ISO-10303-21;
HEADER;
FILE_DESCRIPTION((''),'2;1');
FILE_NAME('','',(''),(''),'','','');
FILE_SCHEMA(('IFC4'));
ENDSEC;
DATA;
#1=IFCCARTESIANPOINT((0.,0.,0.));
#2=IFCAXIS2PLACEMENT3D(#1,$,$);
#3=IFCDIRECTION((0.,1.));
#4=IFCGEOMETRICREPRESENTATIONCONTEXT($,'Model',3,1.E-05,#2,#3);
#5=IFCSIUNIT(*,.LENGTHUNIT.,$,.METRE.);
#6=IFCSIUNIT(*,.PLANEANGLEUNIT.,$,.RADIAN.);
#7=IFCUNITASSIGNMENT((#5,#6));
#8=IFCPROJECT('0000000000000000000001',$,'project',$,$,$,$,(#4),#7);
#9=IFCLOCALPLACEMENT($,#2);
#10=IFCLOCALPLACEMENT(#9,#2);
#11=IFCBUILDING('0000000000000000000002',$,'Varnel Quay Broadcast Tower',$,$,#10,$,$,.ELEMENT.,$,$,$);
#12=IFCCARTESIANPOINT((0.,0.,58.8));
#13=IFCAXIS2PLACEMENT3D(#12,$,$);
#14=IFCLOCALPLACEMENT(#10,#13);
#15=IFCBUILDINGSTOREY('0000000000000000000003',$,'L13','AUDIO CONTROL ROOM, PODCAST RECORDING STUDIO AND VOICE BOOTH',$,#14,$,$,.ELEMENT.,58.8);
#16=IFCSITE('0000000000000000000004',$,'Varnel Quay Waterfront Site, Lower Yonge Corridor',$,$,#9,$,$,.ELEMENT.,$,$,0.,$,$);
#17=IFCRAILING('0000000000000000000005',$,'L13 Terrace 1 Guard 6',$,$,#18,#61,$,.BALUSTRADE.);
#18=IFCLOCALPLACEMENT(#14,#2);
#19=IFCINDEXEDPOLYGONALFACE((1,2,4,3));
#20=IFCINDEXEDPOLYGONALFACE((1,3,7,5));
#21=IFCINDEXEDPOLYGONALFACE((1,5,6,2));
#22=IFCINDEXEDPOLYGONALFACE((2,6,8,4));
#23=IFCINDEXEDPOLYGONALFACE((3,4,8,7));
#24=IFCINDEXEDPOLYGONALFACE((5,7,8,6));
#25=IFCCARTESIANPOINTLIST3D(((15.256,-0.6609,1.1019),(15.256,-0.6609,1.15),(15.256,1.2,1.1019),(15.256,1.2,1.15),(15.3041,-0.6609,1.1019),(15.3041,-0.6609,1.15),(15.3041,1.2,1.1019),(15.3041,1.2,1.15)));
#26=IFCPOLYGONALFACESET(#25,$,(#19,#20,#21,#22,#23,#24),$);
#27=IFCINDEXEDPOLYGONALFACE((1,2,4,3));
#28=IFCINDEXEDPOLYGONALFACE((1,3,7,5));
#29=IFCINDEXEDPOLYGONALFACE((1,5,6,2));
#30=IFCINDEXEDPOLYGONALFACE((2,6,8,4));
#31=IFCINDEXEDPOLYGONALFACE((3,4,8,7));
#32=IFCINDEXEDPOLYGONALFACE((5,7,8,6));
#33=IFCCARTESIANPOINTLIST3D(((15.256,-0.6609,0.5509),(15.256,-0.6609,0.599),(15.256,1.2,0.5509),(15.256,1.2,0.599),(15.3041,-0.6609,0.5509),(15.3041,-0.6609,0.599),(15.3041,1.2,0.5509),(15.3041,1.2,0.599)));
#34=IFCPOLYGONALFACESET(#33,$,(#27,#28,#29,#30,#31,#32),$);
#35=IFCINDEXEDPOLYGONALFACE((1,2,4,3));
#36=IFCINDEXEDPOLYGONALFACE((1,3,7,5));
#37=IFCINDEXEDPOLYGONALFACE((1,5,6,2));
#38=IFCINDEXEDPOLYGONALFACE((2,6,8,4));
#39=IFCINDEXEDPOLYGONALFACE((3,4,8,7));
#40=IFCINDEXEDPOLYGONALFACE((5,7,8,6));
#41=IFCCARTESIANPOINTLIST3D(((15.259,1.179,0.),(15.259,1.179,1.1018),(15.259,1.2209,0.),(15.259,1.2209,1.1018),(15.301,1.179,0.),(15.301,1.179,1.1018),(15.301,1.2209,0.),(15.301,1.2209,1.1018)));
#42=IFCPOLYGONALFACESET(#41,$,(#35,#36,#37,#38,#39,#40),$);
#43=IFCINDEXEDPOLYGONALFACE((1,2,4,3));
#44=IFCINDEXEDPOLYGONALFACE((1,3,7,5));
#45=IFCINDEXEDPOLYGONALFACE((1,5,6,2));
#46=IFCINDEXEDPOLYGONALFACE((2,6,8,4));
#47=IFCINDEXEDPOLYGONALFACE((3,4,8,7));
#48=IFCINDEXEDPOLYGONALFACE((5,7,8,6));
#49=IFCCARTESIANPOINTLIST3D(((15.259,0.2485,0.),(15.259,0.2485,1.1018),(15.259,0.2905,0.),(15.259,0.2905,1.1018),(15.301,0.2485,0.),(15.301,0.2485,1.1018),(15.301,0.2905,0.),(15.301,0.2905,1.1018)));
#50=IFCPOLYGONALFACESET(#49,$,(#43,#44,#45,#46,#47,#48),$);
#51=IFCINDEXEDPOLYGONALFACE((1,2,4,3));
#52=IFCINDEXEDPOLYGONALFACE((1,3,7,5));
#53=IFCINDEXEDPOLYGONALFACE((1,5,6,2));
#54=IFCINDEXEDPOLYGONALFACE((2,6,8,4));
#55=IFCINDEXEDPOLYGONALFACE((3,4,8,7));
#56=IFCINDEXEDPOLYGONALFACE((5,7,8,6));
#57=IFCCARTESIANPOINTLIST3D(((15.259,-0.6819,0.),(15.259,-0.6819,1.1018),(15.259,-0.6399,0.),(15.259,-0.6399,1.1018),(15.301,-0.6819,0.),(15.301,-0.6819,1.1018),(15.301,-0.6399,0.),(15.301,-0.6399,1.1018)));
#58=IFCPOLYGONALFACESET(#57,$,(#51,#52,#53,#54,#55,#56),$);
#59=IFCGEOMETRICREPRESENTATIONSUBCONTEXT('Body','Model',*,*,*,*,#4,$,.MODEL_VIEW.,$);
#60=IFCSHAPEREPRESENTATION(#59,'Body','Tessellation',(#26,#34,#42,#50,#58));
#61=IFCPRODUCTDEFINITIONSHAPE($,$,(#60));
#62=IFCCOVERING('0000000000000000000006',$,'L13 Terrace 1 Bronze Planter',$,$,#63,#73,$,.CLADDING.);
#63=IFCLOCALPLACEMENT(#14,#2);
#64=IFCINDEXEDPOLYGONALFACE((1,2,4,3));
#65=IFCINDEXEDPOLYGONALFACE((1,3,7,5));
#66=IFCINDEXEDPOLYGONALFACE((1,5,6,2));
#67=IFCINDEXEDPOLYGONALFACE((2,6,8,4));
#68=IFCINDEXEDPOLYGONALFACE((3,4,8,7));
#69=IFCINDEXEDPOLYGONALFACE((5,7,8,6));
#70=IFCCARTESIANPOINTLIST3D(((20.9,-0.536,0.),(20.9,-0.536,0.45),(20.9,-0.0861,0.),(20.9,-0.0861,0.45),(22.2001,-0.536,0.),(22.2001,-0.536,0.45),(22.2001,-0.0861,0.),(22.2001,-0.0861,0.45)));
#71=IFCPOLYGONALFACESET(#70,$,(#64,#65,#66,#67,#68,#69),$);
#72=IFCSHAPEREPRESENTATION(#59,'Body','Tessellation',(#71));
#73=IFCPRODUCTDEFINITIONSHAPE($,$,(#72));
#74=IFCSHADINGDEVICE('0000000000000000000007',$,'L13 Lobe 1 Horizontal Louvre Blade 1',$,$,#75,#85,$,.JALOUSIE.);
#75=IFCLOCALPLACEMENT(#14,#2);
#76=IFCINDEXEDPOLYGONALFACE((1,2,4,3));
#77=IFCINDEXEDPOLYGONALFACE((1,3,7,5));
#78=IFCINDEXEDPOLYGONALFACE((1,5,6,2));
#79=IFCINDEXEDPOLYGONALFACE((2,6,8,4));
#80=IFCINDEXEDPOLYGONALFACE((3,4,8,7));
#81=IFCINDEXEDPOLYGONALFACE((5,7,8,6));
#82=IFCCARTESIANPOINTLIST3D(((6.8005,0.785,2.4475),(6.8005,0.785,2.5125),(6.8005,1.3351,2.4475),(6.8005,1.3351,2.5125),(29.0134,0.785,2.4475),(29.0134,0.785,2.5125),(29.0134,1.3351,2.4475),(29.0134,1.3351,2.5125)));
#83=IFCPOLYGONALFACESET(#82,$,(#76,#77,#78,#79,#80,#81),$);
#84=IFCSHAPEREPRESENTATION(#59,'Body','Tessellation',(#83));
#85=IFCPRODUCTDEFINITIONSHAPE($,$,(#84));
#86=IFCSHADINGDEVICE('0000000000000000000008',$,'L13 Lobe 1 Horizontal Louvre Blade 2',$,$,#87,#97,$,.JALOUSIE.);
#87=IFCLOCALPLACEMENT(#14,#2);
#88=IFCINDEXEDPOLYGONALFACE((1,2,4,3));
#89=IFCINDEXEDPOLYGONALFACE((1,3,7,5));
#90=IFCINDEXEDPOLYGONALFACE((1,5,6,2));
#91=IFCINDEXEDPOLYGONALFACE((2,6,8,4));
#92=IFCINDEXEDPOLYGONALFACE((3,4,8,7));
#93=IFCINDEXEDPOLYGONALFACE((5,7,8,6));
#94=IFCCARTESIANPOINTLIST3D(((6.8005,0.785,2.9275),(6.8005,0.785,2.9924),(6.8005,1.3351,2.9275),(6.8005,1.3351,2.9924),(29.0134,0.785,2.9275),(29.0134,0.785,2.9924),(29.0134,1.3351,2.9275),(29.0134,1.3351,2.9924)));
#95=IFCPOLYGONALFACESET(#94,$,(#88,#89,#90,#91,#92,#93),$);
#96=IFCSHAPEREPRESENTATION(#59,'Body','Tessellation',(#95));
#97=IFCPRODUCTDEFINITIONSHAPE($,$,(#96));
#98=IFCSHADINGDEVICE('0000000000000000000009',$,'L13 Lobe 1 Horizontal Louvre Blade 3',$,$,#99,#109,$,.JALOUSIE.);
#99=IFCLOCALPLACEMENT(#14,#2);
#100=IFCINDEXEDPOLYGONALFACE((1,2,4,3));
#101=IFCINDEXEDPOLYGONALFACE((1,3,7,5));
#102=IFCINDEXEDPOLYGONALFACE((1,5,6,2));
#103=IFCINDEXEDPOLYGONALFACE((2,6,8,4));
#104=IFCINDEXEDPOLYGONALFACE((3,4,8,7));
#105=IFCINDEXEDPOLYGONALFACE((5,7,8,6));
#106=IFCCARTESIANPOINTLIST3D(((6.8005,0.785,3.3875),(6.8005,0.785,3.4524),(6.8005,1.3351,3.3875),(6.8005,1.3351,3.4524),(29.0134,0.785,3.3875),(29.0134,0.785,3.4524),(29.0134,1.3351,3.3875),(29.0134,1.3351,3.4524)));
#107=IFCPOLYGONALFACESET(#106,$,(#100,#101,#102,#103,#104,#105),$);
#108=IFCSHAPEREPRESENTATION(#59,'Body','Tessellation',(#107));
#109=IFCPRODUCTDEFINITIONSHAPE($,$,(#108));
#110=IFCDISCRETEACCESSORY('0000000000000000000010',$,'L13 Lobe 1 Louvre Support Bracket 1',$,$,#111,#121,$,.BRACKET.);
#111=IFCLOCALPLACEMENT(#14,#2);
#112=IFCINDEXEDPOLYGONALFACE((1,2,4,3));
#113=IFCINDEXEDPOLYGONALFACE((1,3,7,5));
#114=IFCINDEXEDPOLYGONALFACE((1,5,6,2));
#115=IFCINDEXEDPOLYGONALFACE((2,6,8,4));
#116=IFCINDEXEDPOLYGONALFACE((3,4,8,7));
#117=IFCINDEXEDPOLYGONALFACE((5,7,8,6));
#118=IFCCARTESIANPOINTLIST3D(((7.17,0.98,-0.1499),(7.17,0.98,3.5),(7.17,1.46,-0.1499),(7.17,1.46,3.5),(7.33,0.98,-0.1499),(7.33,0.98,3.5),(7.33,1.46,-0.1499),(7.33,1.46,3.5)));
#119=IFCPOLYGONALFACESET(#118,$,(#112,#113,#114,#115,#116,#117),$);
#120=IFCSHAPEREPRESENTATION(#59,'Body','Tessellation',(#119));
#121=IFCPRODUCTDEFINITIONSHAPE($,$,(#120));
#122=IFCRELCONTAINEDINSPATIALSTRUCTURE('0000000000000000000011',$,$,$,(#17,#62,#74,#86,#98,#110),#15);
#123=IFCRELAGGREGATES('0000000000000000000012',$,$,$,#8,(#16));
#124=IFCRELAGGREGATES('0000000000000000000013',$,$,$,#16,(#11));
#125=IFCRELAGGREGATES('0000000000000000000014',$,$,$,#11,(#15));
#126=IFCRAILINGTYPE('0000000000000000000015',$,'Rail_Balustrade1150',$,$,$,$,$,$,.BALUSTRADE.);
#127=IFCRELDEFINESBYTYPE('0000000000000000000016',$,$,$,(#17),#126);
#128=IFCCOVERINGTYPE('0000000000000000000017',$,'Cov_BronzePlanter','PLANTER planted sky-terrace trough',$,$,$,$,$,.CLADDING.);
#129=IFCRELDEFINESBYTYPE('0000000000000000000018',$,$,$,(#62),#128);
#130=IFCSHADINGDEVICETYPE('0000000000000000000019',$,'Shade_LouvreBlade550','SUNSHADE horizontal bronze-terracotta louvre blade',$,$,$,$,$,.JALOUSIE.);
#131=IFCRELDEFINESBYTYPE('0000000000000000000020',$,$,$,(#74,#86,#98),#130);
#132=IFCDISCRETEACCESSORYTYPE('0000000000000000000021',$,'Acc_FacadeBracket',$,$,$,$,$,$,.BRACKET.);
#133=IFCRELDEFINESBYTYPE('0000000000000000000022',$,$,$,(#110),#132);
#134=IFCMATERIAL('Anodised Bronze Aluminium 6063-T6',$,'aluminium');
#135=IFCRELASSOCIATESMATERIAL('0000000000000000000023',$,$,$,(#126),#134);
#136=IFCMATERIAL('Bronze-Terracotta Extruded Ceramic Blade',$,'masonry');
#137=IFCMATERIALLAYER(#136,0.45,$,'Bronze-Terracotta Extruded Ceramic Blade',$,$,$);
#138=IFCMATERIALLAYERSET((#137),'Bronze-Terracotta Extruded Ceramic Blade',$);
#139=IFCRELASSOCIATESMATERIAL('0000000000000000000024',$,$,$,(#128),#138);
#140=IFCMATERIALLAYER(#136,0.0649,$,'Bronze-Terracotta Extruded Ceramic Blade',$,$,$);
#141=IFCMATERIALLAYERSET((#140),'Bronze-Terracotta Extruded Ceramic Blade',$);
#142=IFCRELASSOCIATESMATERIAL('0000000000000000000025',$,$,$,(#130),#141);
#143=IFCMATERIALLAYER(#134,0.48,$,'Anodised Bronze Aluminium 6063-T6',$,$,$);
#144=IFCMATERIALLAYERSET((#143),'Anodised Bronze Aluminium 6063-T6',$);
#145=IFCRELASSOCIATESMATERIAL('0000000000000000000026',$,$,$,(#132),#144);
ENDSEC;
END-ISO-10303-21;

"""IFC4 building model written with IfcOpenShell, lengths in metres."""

from ifc_helpers import new_model, si_unit, direction, frame, origin, origin_2d, place, context, subcontext, project, spatial, rectangle, extrude, source, transform, mapped, material, layer, layer_set, type_object, type_shapes, element, save


model = new_model("IFC4")

# Units and contexts
model_context = context("Model", 3, precision=1e-05, world=origin(), true_north=direction((0.0, 1.0)))
body_context = subcontext(model_context, "Body", "Model", "MODEL_VIEW")
ifc_project = project(units=[si_unit("LENGTHUNIT", "METRE"), si_unit("PLANEANGLEUNIT", "RADIAN")], contexts=[model_context])

# Site, building, storey
site_placement = place(None, origin())
site = spatial("IfcSite", under=ifc_project, at=site_placement, Name="Varnel Quay Waterfront Site, Lower Yonge Corridor", CompositionType="ELEMENT", RefElevation=0.0)
building_placement = place(site_placement, origin())
building = spatial("IfcBuilding", under=site, at=building_placement, Name="Varnel Quay Broadcast Tower", CompositionType="ELEMENT")
storey_placement = place(building_placement, frame((0.0, 0.0, 58.8)))
storey = spatial("IfcBuildingStorey", under=building, at=storey_placement, Name="L13", Description="AUDIO CONTROL ROOM, PODCAST RECORDING STUDIO AND VOICE BOOTH", CompositionType="ELEMENT", Elevation=58.8)

# Shared definitions
ifc_material_1 = material(Name="Anodised Bronze Aluminium 6063-T6", Category="aluminium")

# Railing
railing_type = type_object("IfcRailingType", Name="Rail_Balustrade1150", PredefinedType="BALUSTRADE", material=ifc_material_1)
railing_1_placement = place(storey_placement, frame((15.28, 1.2, 0.0)))
element("IfcRailing", 1, at=railing_1_placement, inside=storey, type_object=railing_type, Name="L13 Terrace 1 Guard 6", PredefinedType="BALUSTRADE", context=body_context, shape_type="SweptSolid", body=[
    extrude(rectangle(XDim=0.0481, YDim=0.0481, at=origin_2d()), frame((0.0, 0.0, 1.126), z_axis=(0.0, -1.0, 0.0), x_axis=(1.0, 0.0, 0.0)), (0.0, 0.0, 1.0), 1.8608),
    extrude(rectangle(XDim=0.0481, YDim=0.0481, at=origin_2d()), frame((0.0, 0.0, 0.575), z_axis=(0.0, -1.0, 0.0), x_axis=(1.0, 0.0, 0.0)), (0.0, 0.0, 1.0), 1.8608),
    extrude(rectangle(XDim=0.042, YDim=0.042, at=origin_2d()), origin(), (0.0, 0.0, 1.0), 1.1018),
    extrude(rectangle(XDim=0.042, YDim=0.042, at=origin_2d()), frame((0.0, -0.9304, 0.0)), (0.0, 0.0, 1.0), 1.1018),
    extrude(rectangle(XDim=0.042, YDim=0.042, at=origin_2d()), frame((0.0, -1.8608, 0.0)), (0.0, 0.0, 1.0), 1.1018),
])

# Covering
ifc_material_2 = material(Name="Bronze-Terracotta Extruded Ceramic Blade", Category="masonry")
ifc_layer_1 = layer(ifc_material_2, 0.45, Name="Bronze-Terracotta Extruded Ceramic Blade")
ifc_layer_set_1 = layer_set([ifc_layer_1], Name="Bronze-Terracotta Extruded Ceramic Blade")
covering_type = type_object("IfcCoveringType", Name="Cov_BronzePlanter", Description="PLANTER planted sky-terrace trough", PredefinedType="CLADDING", material=ifc_layer_set_1)
shared_shape_1 = source(origin(), body_context, "Body", "SweptSolid", [
    extrude(rectangle(XDim=1.3, YDim=0.45, at=origin_2d()), origin(), (0.0, 0.0, 1.0), 0.45),
])
type_shapes(covering_type, [shared_shape_1])
covering_placement = place(storey_placement, frame((21.55, -0.311, 0.0), z_axis=(0.0, 0.0, 1.0), x_axis=(1.0, 0.0, 0.0)))
element("IfcCovering", 2, at=covering_placement, inside=storey, type_object=covering_type, Name="L13 Terrace 1 Bronze Planter", PredefinedType="CLADDING", context=body_context, shape_type="MappedRepresentation", body=[
    mapped(shared_shape_1, transform((0.0, 0.0, 0.0), x_axis=(1.0, 0.0, 0.0), y_axis=(0.0, 1.0, 0.0), z_axis=(0.0, 0.0, 1.0), scale=1.0)),
])

# Shading devices
ifc_layer_2 = layer(ifc_material_2, 0.0649, Name="Bronze-Terracotta Extruded Ceramic Blade")
ifc_layer_set_2 = layer_set([ifc_layer_2], Name="Bronze-Terracotta Extruded Ceramic Blade")
shading_device_type = type_object("IfcShadingDeviceType", Name="Shade_LouvreBlade550", Description="SUNSHADE horizontal bronze-terracotta louvre blade", PredefinedType="JALOUSIE", material=ifc_layer_set_2)
shared_shape_2 = source(origin(), body_context, "Body", "SweptSolid", [
    extrude(rectangle(XDim=22.2129, YDim=0.55, at=origin_2d()), origin(), (0.0, 0.0, 1.0), 0.0649),
])
type_shapes(shading_device_type, [shared_shape_2])
for number, where, z_axis, x_axis, name in (
    (3, (17.907, 1.0601, 2.4475), (0.0, 0.0, 1.0), (1.0, 0.0, 0.0), "L13 Lobe 1 Horizontal Louvre Blade 1"),
    (4, (17.907, 1.0601, 2.9275), (0.0, 0.0, 1.0), (1.0, 0.0, 0.0), "L13 Lobe 1 Horizontal Louvre Blade 2"),
    (5, (17.907, 1.0601, 3.3875), (0.0, 0.0, 1.0), (1.0, 0.0, 0.0), "L13 Lobe 1 Horizontal Louvre Blade 3"),
):
    element("IfcShadingDevice", number, at=place(storey_placement, frame(where, z_axis=z_axis, x_axis=x_axis)), inside=storey, type_object=shading_device_type, Name=name, PredefinedType="JALOUSIE", context=body_context, shape_type="MappedRepresentation", body=[
        mapped(shared_shape_2, transform((0.0, 0.0, 0.0), x_axis=(1.0, 0.0, 0.0), y_axis=(0.0, 1.0, 0.0), z_axis=(0.0, 0.0, 1.0), scale=1.0)),
    ])

# Discrete accessory
ifc_layer_3 = layer(ifc_material_1, 0.48, Name="Anodised Bronze Aluminium 6063-T6")
ifc_layer_set_3 = layer_set([ifc_layer_3], Name="Anodised Bronze Aluminium 6063-T6")
discrete_accessory_type = type_object("IfcDiscreteAccessoryType", Name="Acc_FacadeBracket", PredefinedType="BRACKET", material=ifc_layer_set_3)
shared_shape_3 = source(origin(), body_context, "Body", "SweptSolid", [
    extrude(rectangle(XDim=0.1599, YDim=0.48, at=origin_2d()), origin(), (0.0, 0.0, 1.0), 3.6499),
])
type_shapes(discrete_accessory_type, [shared_shape_3])
discrete_accessory_placement = place(storey_placement, frame((7.25, 1.22, -0.1499), z_axis=(0.0, 0.0, 1.0), x_axis=(1.0, 0.0, 0.0)))
element("IfcDiscreteAccessory", 6, at=discrete_accessory_placement, inside=storey, type_object=discrete_accessory_type, Name="L13 Lobe 1 Louvre Support Bracket 1", PredefinedType="BRACKET", context=body_context, shape_type="MappedRepresentation", body=[
    mapped(shared_shape_3, transform((0.0, 0.0, 0.0), x_axis=(1.0, 0.0, 0.0), y_axis=(0.0, 1.0, 0.0), z_axis=(0.0, 0.0, 1.0), scale=1.0)),
])

save(model, "model.ifc")
